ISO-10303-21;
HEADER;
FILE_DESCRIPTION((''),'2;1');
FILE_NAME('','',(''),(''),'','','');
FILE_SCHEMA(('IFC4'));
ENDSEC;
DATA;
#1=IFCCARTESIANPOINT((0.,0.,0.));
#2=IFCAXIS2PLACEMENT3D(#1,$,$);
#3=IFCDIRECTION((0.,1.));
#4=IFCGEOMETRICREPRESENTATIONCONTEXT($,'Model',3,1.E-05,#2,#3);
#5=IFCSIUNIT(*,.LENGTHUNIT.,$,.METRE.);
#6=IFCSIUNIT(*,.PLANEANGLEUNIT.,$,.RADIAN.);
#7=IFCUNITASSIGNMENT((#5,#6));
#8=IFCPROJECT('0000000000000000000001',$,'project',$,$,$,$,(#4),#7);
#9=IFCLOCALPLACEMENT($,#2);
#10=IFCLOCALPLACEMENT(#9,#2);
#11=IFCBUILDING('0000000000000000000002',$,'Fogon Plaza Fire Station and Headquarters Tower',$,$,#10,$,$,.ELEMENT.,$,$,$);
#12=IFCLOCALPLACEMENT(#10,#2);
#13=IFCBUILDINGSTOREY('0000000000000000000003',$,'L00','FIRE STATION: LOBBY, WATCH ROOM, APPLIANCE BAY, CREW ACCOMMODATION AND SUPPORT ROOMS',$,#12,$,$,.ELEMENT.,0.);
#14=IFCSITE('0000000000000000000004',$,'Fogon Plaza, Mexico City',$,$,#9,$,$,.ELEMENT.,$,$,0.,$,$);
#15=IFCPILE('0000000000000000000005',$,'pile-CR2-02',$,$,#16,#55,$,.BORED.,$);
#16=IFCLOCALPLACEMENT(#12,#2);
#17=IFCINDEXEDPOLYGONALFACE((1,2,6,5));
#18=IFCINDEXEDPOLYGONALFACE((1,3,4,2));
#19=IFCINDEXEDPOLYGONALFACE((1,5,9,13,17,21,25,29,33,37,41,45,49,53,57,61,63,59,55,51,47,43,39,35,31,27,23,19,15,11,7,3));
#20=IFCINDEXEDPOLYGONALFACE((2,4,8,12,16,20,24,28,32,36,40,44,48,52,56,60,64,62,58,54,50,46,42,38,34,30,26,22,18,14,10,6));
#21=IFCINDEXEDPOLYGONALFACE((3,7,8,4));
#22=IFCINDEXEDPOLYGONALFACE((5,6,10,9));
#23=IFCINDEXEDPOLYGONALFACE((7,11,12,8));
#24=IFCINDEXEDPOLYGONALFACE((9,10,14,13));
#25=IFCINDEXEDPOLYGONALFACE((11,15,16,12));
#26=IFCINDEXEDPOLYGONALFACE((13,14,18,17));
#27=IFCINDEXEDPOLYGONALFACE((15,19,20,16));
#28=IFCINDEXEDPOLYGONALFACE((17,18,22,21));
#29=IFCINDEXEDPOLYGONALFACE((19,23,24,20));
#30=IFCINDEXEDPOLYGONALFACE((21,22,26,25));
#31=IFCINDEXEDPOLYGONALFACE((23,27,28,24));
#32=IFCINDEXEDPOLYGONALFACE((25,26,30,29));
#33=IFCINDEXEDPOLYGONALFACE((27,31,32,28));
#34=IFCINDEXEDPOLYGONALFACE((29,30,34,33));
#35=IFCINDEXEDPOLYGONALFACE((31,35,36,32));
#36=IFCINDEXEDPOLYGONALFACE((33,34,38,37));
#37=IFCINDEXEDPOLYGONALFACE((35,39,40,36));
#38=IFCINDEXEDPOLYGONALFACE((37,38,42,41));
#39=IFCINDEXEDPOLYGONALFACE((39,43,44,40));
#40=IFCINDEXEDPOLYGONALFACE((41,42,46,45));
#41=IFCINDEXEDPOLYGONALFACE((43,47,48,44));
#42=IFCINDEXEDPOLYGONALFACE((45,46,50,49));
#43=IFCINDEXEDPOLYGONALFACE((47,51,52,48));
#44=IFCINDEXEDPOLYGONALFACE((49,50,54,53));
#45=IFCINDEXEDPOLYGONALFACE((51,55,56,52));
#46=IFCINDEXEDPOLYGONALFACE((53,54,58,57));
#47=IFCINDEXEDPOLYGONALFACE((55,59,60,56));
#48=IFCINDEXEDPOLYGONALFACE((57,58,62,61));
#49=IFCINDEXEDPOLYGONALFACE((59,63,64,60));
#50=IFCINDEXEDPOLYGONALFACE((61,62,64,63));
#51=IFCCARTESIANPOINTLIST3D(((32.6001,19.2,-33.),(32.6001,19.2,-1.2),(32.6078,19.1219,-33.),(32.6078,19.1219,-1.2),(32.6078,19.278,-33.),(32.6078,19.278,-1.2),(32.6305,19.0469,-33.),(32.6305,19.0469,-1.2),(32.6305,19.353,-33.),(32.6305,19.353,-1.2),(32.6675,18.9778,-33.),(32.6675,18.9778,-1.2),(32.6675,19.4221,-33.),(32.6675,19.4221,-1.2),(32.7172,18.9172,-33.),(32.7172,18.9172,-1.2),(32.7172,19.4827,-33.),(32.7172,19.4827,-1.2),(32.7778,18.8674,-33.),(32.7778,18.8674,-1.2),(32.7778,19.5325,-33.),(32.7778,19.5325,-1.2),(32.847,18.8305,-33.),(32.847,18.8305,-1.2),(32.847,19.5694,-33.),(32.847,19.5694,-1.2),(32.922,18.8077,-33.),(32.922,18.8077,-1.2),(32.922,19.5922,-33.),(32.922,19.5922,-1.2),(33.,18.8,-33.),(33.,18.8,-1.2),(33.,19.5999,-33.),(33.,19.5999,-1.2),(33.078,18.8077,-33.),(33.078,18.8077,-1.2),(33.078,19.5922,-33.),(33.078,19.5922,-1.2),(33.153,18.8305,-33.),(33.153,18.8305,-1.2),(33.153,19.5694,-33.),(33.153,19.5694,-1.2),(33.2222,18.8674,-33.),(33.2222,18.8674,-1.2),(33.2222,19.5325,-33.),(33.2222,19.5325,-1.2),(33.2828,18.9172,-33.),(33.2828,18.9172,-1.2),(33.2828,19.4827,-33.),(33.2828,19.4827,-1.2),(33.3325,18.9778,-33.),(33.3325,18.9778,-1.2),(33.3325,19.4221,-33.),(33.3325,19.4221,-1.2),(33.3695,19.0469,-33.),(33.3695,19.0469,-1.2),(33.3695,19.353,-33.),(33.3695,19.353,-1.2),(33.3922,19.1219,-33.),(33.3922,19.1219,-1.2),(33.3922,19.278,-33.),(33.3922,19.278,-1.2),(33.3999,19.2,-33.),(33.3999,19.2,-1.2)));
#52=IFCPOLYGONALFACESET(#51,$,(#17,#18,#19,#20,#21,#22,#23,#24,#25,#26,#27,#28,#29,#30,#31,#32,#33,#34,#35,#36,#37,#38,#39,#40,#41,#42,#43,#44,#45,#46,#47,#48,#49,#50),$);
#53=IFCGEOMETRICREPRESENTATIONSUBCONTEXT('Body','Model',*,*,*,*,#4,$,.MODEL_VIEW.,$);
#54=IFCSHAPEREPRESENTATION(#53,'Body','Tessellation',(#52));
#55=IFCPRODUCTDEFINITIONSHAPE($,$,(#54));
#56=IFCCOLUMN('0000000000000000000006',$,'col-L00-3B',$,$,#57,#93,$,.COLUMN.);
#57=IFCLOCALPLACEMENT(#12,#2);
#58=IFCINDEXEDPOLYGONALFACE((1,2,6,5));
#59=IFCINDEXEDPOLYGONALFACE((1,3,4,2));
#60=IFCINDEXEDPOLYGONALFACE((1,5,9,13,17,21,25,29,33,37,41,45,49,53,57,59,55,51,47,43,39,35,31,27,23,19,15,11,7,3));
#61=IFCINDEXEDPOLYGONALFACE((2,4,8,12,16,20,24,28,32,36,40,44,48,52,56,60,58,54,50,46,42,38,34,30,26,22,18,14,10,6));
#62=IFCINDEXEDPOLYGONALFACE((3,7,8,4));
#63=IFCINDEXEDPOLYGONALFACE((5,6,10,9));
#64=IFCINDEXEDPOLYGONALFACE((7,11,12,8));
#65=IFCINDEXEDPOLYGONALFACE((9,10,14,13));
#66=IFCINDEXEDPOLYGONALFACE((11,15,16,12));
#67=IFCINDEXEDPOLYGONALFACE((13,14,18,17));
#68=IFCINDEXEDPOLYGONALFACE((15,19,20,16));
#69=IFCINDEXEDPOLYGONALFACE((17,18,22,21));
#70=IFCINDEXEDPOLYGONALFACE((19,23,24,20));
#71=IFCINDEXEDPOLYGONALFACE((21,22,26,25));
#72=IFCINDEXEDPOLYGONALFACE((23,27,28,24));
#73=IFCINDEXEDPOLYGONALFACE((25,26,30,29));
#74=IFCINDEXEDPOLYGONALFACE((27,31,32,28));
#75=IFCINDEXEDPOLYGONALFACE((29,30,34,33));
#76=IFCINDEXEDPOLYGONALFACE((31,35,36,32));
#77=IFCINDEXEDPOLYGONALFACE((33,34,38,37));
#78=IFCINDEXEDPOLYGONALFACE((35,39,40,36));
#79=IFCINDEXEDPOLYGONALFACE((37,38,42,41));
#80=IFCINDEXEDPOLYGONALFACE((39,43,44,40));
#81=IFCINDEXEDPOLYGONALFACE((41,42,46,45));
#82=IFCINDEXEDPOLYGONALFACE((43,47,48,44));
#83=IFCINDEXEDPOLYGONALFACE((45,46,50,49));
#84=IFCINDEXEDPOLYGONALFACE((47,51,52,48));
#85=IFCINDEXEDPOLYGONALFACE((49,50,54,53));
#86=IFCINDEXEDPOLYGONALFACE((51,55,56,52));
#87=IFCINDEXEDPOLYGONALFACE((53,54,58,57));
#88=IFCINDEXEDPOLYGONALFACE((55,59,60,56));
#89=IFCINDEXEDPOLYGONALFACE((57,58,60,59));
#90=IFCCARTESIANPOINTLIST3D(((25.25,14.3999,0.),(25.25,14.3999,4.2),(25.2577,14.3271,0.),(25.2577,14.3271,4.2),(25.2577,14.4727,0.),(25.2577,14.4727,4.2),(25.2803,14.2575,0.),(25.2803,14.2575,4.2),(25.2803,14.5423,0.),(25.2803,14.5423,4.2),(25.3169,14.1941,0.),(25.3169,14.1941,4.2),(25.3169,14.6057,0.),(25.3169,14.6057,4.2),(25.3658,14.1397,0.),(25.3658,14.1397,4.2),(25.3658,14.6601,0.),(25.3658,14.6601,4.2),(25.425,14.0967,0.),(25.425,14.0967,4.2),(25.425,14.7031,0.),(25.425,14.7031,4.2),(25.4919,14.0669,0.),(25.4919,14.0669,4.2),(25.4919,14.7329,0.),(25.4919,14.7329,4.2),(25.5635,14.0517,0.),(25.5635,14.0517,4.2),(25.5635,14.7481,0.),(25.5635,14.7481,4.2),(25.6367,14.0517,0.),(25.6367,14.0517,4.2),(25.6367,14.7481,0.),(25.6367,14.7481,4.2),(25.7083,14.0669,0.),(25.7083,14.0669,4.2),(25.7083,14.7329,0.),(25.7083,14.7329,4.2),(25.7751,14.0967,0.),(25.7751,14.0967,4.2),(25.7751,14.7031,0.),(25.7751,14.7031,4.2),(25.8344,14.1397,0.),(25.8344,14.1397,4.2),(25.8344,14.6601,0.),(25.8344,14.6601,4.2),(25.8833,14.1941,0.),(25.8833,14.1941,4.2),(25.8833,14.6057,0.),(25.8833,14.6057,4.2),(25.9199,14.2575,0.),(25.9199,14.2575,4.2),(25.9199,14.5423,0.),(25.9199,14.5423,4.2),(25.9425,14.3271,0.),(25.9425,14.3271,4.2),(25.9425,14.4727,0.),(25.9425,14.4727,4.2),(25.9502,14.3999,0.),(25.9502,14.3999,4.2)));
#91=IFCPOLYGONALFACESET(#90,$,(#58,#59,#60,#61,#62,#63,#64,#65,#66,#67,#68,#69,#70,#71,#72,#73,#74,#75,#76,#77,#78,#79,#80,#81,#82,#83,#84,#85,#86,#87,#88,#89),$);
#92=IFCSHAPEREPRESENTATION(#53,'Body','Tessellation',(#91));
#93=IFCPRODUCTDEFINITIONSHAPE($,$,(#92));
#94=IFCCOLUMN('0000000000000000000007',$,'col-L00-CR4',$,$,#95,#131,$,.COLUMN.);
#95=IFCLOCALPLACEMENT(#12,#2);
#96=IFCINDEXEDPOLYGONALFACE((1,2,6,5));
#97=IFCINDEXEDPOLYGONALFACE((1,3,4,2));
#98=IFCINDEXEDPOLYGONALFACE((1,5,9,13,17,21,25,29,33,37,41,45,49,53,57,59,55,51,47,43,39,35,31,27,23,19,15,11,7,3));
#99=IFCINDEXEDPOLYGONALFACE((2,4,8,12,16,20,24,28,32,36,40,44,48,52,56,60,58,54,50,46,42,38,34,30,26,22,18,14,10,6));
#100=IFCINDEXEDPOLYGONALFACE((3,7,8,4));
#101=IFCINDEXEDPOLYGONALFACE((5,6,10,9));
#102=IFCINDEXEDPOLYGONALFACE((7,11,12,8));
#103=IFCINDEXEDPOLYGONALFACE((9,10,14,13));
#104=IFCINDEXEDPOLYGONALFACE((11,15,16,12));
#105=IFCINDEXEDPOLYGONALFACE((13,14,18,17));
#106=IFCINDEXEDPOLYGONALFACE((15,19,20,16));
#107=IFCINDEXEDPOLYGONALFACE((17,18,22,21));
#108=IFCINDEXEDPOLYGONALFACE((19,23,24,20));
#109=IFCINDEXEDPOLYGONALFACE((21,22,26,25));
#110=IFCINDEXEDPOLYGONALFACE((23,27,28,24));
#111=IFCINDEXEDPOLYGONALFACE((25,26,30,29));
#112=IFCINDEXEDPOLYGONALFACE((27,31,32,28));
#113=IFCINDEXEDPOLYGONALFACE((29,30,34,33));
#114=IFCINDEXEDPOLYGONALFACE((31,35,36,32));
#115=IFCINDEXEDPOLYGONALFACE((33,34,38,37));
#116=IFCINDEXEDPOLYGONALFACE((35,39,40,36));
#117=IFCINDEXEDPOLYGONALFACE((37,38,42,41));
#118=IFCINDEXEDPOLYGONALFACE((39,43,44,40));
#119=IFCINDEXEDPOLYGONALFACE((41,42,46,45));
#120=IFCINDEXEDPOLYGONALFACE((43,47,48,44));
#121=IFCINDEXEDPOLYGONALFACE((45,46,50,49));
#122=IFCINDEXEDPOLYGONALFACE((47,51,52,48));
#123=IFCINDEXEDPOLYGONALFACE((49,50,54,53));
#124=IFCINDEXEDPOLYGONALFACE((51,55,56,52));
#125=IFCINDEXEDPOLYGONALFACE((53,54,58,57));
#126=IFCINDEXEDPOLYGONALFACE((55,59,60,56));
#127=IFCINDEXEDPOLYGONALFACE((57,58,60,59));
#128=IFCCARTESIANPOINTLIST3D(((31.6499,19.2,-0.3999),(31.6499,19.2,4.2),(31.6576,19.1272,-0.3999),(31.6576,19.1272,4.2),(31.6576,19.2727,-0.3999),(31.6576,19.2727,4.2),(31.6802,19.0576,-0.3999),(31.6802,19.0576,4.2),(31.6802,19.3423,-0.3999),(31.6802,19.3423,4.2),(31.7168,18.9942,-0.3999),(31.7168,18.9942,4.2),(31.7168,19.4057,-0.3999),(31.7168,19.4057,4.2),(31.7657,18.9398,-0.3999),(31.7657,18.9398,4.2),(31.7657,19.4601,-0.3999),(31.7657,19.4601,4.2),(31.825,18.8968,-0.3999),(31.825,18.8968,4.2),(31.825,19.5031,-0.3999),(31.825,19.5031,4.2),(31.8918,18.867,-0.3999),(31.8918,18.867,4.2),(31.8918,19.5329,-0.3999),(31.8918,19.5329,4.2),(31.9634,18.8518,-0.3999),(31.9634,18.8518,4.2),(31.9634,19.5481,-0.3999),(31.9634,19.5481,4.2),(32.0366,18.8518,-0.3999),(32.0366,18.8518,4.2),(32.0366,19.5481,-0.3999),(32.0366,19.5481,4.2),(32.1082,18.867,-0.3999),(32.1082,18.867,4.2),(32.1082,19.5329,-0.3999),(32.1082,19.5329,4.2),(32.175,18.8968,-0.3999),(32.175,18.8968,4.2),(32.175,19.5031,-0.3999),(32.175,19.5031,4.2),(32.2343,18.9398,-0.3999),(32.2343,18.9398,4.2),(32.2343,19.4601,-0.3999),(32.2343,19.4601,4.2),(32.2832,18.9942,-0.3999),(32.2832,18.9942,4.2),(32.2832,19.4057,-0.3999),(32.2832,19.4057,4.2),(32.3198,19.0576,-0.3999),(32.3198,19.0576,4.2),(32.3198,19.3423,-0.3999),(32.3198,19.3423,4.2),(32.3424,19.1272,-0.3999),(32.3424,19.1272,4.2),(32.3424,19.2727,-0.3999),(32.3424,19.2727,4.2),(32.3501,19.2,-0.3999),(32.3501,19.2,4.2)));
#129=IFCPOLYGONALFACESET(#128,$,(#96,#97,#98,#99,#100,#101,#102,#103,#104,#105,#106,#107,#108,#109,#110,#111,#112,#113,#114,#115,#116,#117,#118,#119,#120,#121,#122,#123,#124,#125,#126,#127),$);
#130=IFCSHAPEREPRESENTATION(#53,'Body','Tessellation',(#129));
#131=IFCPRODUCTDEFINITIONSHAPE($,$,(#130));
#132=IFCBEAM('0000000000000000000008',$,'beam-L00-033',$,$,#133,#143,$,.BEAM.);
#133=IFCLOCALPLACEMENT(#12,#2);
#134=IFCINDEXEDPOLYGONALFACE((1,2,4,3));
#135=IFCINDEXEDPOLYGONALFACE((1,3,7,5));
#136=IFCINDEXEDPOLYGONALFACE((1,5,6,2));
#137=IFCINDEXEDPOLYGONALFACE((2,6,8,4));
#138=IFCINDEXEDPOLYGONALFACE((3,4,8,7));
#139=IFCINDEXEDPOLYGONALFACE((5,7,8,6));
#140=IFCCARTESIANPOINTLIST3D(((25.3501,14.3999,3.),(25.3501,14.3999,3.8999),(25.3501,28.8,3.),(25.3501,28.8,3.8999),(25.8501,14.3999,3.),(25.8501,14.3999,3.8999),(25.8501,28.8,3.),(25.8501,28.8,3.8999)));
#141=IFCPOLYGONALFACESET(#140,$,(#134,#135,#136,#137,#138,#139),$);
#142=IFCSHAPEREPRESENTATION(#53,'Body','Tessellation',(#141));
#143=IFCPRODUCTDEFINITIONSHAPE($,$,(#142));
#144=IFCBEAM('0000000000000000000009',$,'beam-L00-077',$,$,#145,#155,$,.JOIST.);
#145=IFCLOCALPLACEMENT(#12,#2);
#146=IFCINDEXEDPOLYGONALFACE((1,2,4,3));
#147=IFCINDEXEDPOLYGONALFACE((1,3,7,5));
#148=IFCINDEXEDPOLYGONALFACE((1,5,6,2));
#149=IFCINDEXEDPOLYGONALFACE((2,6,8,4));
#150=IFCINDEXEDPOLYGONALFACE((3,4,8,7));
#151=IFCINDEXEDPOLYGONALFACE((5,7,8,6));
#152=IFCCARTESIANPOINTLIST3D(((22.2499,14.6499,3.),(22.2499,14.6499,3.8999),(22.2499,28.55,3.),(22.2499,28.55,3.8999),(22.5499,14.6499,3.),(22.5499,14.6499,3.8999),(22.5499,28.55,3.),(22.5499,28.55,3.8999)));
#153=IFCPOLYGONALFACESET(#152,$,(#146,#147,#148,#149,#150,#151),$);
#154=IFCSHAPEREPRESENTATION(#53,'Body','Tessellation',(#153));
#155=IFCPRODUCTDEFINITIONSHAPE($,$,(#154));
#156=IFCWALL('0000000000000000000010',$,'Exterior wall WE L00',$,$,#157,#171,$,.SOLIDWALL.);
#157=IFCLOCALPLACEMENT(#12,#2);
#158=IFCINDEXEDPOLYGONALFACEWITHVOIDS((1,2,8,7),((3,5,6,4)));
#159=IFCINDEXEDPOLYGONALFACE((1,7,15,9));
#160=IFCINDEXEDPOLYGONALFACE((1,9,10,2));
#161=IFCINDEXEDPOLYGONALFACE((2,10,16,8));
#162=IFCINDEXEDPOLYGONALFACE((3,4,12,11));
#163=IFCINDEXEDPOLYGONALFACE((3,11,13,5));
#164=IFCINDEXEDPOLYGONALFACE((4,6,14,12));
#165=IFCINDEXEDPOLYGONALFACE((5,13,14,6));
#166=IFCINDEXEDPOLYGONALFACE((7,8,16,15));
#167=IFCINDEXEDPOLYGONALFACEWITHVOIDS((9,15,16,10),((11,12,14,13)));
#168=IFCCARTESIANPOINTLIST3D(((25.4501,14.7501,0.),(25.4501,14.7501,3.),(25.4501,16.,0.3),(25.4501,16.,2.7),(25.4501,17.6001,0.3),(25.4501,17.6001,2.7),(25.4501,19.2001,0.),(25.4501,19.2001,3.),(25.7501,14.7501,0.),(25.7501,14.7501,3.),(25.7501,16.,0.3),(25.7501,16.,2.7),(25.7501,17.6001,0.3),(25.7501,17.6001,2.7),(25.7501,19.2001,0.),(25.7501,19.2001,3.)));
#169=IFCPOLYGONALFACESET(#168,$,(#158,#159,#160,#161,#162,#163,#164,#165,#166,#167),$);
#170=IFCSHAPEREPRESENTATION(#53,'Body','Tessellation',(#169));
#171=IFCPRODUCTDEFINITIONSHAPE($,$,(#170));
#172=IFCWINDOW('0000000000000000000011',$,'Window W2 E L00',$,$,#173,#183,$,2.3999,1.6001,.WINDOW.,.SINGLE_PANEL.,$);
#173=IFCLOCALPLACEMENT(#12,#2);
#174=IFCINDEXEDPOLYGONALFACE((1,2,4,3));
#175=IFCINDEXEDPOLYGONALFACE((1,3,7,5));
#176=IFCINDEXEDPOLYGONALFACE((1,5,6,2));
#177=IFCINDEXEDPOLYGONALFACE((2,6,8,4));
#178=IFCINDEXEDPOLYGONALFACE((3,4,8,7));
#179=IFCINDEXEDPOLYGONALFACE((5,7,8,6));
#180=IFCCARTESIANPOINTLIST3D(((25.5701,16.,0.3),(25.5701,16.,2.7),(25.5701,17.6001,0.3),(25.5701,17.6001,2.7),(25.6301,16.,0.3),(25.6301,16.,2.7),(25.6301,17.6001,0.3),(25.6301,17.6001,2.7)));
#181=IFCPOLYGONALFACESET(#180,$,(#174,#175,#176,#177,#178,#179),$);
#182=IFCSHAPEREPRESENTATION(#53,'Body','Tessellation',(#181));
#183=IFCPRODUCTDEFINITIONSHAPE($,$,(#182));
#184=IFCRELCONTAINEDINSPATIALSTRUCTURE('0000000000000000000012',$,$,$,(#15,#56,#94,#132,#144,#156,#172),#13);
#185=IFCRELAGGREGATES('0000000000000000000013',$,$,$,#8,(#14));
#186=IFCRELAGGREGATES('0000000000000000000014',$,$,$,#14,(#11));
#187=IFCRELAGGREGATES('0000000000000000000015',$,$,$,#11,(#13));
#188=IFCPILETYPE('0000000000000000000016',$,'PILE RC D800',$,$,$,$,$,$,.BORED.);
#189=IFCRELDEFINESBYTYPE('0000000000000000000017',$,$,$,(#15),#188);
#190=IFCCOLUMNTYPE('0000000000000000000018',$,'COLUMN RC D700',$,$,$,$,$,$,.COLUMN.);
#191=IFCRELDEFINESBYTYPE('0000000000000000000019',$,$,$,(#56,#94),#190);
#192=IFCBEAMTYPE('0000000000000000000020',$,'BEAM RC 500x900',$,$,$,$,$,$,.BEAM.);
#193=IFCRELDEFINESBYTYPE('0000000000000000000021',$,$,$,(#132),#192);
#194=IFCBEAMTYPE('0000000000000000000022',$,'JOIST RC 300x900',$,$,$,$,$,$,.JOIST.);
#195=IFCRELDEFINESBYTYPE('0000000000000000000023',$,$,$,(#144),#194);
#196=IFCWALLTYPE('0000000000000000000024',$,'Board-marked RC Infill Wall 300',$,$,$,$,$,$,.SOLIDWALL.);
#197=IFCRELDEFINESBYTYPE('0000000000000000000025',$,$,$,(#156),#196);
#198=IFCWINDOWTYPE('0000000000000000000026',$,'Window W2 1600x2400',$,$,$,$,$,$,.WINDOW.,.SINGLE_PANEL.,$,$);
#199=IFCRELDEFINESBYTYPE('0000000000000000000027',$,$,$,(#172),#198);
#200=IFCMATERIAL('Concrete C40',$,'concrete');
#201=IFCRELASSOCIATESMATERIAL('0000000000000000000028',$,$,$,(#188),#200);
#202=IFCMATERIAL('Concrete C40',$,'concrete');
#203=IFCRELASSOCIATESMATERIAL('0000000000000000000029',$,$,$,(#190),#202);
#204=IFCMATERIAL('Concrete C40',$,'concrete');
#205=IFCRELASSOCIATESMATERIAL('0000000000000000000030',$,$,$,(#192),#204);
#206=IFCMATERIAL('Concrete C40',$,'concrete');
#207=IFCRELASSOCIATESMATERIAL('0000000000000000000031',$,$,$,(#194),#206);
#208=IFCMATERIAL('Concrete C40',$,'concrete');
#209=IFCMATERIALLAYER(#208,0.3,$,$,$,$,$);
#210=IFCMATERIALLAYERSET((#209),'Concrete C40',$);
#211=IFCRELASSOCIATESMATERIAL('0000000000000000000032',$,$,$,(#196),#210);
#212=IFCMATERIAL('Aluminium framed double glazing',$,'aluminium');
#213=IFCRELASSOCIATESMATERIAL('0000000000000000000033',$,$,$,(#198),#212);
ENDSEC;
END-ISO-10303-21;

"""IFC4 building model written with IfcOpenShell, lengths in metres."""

from ifc_helpers import new_model, si_unit, direction, frame, frame_2d, origin, origin_2d, place, context, subcontext, project, spatial, rectangle, circle, extrude, material, layer, layer_set, material_profile, profile_set, type_object, element, fill, save


model = new_model("IFC4")

# Units and contexts
model_context = context("Model", 3, precision=1e-05, world=origin(), true_north=direction((0.0, 1.0)))
body_context = subcontext(model_context, "Body", "Model", "MODEL_VIEW")
ifc_project = project(units=[si_unit("LENGTHUNIT", "METRE"), si_unit("PLANEANGLEUNIT", "RADIAN")], contexts=[model_context])

# Site, building, storey
site_placement = place(None, origin())
site = spatial("IfcSite", under=ifc_project, at=site_placement, Name="Fogon Plaza, Mexico City", CompositionType="ELEMENT", RefElevation=0.0)
building_placement = place(site_placement, origin())
building = spatial("IfcBuilding", under=site, at=building_placement, Name="Fogon Plaza Fire Station and Headquarters Tower", CompositionType="ELEMENT")
storey_placement = place(building_placement, origin())
storey = spatial("IfcBuildingStorey", under=building, at=storey_placement, Name="L00", Description="FIRE STATION: LOBBY, WATCH ROOM, APPLIANCE BAY, CREW ACCOMMODATION AND SUPPORT ROOMS", CompositionType="ELEMENT", Elevation=0.0)

# Pile
ifc_material_1 = material(Name="Concrete C40", Category="concrete")
ifc_material_profile_1 = material_profile(ifc_material_1, circle(Radius=0.3999, at=origin_2d()), Name="RC D800")
ifc_profile_set_1 = profile_set([ifc_material_profile_1], Name="Concrete C40")
pile_type_1 = type_object("IfcPileType", Name="PILE RC D800", PredefinedType="BORED", material=ifc_profile_set_1)
for number, where, z_axis, x_axis, name in (
    (1, (33.0, 19.2, -1.2), (0.0, 0.0, -1.0), (1.0, 0.0, 0.0), "pile-CR2-02"),
):
    element("IfcPile", number, at=place(storey_placement, frame(where, z_axis=z_axis, x_axis=x_axis)), inside=storey, type_object=pile_type_1, Name=name, PredefinedType="BORED", context=body_context, shape_type="SweptSolid", body=[
        extrude(circle(Radius=0.3999, at=origin_2d()), origin(), (0.0, 0.0, 1.0), 31.8),
    ])

# Columns
ifc_material_2 = material(Name="Concrete C40", Category="concrete")
ifc_material_profile_2 = material_profile(ifc_material_2, circle(Radius=0.3501, at=origin_2d()), Name="RC D700")
ifc_profile_set_2 = profile_set([ifc_material_profile_2], Name="Concrete C40")
column_type = type_object("IfcColumnType", Name="COLUMN RC D700", PredefinedType="COLUMN", material=ifc_profile_set_2)
column_1_placement = place(storey_placement, frame((25.6001, 14.3999, 0.0), z_axis=(0.0, 0.0, 1.0), x_axis=(1.0, 0.0, 0.0)))
element("IfcColumn", 2, at=column_1_placement, inside=storey, type_object=column_type, Name="col-L00-3B", PredefinedType="COLUMN", context=body_context, shape_type="SweptSolid", body=[
    extrude(circle(Radius=0.3501, at=origin_2d()), origin(), (0.0, 0.0, 1.0), 4.2),
])
column_2_placement = place(storey_placement, frame((32.0, 19.2, -0.3999), z_axis=(0.0, 0.0, 1.0), x_axis=(1.0, 0.0, 0.0)))
element("IfcColumn", 3, at=column_2_placement, inside=storey, type_object=column_type, Name="col-L00-CR4", PredefinedType="COLUMN", context=body_context, shape_type="SweptSolid", body=[
    extrude(circle(Radius=0.3501, at=origin_2d()), origin(), (0.0, 0.0, 1.0), 4.5999),
])

# Beams
ifc_material_3 = material(Name="Concrete C40", Category="concrete")
ifc_material_profile_3 = material_profile(ifc_material_3, rectangle(XDim=0.5, YDim=0.8999, at=origin_2d()), Name="RC 500x900")
ifc_profile_set_3 = profile_set([ifc_material_profile_3], Name="Concrete C40")
beam_type_1 = type_object("IfcBeamType", Name="BEAM RC 500x900", PredefinedType="BEAM", material=ifc_profile_set_3)
beam_1_placement = place(storey_placement, frame((25.6001, 14.3999, 3.45), z_axis=(0.0, 1.0, 0.0), x_axis=(-1.0, 0.0, 0.0)))
element("IfcBeam", 4, at=beam_1_placement, inside=storey, type_object=beam_type_1, Name="beam-L00-033", PredefinedType="BEAM", context=body_context, shape_type="SweptSolid", body=[
    extrude(rectangle(XDim=0.5, YDim=0.8999, at=origin_2d()), origin(), (0.0, 0.0, 1.0), 14.4001),
])
ifc_material_4 = material(Name="Concrete C40", Category="concrete")
ifc_material_profile_4 = material_profile(ifc_material_4, rectangle(XDim=0.3, YDim=0.8999, at=origin_2d()), Name="RC 300x900")
ifc_profile_set_4 = profile_set([ifc_material_profile_4], Name="Concrete C40")
beam_type_2 = type_object("IfcBeamType", Name="JOIST RC 300x900", PredefinedType="JOIST", material=ifc_profile_set_4)
beam_2_placement = place(storey_placement, frame((22.3999, 14.6499, 3.45), z_axis=(0.0, 1.0, 0.0), x_axis=(-1.0, 0.0, 0.0)))
element("IfcBeam", 5, at=beam_2_placement, inside=storey, type_object=beam_type_2, Name="beam-L00-077", PredefinedType="JOIST", context=body_context, shape_type="SweptSolid", body=[
    extrude(rectangle(XDim=0.3, YDim=0.8999, at=origin_2d()), origin(), (0.0, 0.0, 1.0), 13.9001),
])

# Wall, opening, window
ifc_material_5 = material(Name="Concrete C40", Category="concrete")
ifc_layer_1 = layer(ifc_material_5, 0.3)
ifc_layer_set_1 = layer_set([ifc_layer_1], Name="Concrete C40")
wall_type_1 = type_object("IfcWallType", Name="Board-marked RC Infill Wall 300", PredefinedType="SOLIDWALL", material=ifc_layer_set_1)
wall_1_placement = place(storey_placement, frame((25.6001, 14.75, 0.0), z_axis=(0.0, 0.0, 1.0), x_axis=(0.0, 1.0, 0.0)))
wall_1 = element("IfcWall", 6, at=wall_1_placement, inside=storey, type_object=wall_type_1, Name="Exterior wall WE L00", PredefinedType="SOLIDWALL", context=body_context, shape_type="SweptSolid", body=[
    extrude(rectangle(XDim=4.45, YDim=0.3, at=frame_2d((2.2251, 0.0))), origin(), (0.0, 0.0, 1.0), 3.0),
])
opening_1_placement = place(wall_1_placement, frame((1.25, 0.0, 0.3)))
opening_1 = element("IfcOpeningElement", 7, at=opening_1_placement, cuts=wall_1, PredefinedType="OPENING", context=body_context, shape_type="SweptSolid", body=[
    extrude(rectangle(XDim=1.6001, YDim=2.3999, at=frame_2d((0.8, 1.2))), frame((0.0, 0.1599, 0.0), z_axis=(0.0, -1.0, 0.0), x_axis=(1.0, 0.0, 0.0)), (0.0, 0.0, 1.0), 0.3201),
])
ifc_material_6 = material(Name="Aluminium framed double glazing", Category="aluminium")
window_type_1 = type_object("IfcWindowType", Name="Window W2 1600x2400", PartitioningType="SINGLE_PANEL", PredefinedType="WINDOW", material=ifc_material_6)
window_1_placement = place(opening_1_placement, origin())
window_1 = element("IfcWindow", 8, at=window_1_placement, inside=storey, type_object=window_type_1, Name="Window W2 E L00", OverallHeight=2.3999, OverallWidth=1.6001, PartitioningType="SINGLE_PANEL", PredefinedType="WINDOW", context=body_context, shape_type="SweptSolid", body=[
    extrude(rectangle(XDim=1.6001, YDim=2.3999, at=frame_2d((0.8, 1.2))), frame((0.0, 0.03, 0.0), z_axis=(0.0, -1.0, 0.0), x_axis=(1.0, 0.0, 0.0)), (0.0, 0.0, 1.0), 0.0601),
])
fill(opening_1, window_1)

save(model, "model.ifc")
